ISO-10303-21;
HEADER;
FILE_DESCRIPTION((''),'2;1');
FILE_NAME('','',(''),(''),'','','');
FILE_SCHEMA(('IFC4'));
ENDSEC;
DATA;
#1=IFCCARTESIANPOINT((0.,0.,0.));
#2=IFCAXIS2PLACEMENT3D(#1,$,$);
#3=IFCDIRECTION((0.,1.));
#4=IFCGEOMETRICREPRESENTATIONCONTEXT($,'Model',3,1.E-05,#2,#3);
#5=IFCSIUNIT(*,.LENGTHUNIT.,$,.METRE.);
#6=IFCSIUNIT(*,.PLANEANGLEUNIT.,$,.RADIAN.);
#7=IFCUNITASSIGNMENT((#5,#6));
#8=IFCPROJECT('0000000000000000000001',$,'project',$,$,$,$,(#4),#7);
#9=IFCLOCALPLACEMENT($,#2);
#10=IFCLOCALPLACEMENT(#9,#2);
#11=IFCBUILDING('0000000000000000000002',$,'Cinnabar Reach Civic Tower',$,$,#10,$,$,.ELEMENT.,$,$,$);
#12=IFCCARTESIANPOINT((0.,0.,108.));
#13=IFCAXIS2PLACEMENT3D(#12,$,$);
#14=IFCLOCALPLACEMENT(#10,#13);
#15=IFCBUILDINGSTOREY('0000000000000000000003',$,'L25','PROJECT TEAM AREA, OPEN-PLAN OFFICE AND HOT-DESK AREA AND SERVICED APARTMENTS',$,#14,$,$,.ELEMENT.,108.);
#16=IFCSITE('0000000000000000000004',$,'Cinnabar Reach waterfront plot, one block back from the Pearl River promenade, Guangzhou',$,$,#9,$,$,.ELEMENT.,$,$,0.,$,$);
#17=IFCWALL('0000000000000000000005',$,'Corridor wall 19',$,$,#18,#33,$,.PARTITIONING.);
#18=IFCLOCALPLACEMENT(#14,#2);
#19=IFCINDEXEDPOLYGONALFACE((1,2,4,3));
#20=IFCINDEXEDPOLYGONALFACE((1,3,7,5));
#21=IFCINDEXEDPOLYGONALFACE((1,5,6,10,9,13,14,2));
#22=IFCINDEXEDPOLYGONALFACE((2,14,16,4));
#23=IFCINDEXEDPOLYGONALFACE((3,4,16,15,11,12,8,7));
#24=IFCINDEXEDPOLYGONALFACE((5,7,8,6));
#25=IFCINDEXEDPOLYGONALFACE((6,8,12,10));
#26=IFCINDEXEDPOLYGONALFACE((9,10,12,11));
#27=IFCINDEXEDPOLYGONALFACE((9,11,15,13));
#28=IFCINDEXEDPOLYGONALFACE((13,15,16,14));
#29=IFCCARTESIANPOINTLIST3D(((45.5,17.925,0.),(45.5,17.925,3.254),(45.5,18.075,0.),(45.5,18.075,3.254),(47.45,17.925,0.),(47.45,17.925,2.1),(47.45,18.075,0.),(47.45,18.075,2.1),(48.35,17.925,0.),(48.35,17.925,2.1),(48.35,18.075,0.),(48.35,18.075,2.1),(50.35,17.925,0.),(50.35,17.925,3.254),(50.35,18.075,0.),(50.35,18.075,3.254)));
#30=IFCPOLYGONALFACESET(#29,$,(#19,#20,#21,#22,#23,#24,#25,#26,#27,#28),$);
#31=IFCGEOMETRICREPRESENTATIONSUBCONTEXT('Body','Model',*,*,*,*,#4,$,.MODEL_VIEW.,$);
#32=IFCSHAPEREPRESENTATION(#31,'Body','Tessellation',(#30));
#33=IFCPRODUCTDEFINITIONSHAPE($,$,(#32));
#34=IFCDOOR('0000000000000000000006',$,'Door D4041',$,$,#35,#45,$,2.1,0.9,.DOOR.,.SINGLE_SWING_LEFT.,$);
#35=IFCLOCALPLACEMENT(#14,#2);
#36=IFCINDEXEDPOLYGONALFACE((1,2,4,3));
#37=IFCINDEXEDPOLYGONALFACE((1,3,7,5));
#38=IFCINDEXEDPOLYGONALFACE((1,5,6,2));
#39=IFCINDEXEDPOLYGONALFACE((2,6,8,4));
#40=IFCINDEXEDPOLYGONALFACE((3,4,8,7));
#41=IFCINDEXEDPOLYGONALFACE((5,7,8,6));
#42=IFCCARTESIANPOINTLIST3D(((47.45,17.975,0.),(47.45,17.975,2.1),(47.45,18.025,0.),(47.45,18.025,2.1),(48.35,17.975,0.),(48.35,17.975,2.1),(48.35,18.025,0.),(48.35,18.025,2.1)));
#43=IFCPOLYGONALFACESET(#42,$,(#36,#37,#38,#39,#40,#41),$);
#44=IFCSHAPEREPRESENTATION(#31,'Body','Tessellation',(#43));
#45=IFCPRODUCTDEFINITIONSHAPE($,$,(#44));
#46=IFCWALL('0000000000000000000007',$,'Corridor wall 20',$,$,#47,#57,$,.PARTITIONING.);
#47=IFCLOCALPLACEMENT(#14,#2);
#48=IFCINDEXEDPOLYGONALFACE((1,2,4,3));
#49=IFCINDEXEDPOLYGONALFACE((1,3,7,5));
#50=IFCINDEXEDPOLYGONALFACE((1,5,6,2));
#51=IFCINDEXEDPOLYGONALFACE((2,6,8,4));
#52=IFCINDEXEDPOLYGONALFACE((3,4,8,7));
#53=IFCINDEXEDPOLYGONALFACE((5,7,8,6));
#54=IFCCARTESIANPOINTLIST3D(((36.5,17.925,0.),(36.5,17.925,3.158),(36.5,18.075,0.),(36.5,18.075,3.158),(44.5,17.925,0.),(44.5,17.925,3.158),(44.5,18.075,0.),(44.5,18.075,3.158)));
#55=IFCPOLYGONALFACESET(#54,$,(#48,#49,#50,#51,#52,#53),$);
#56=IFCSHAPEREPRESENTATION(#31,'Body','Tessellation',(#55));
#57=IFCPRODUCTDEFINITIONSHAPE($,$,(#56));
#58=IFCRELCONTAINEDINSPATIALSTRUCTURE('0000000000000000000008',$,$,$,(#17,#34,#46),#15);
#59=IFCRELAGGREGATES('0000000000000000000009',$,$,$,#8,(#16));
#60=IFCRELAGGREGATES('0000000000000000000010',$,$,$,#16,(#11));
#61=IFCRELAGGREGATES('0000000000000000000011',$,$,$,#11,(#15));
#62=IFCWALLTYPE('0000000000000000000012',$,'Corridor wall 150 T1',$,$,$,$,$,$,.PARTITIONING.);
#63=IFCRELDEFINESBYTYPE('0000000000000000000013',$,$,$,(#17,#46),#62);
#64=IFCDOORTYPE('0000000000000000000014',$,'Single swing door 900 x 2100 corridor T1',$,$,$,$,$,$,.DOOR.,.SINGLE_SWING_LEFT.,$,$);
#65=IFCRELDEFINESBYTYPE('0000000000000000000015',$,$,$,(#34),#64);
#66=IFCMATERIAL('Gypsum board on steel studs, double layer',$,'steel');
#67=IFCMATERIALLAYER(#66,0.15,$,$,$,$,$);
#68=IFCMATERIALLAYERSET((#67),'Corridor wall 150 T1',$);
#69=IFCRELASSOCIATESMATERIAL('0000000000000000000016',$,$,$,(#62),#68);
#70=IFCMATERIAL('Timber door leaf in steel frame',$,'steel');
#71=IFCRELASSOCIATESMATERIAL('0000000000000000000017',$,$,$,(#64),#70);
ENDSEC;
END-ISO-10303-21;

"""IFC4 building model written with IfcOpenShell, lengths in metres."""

from ifc_helpers import new_model, si_unit, direction, frame, frame_2d, origin, place, context, subcontext, project, spatial, rectangle, extrude, material, layer, layer_set, type_object, element, fill, save


model = new_model("IFC4")

# Units and contexts
model_context = context("Model", 3, precision=1e-05, world=origin(), true_north=direction((0.0, 1.0)))
body_context = subcontext(model_context, "Body", "Model", "MODEL_VIEW")
ifc_project = project(units=[si_unit("LENGTHUNIT", "METRE"), si_unit("PLANEANGLEUNIT", "RADIAN")], contexts=[model_context])

# Site, building, storey
site_placement = place(None, origin())
site = spatial("IfcSite", under=ifc_project, at=site_placement, Name="Cinnabar Reach waterfront plot, one block back from the Pearl River promenade, Guangzhou", CompositionType="ELEMENT", RefElevation=0.0)
building_placement = place(site_placement, origin())
building = spatial("IfcBuilding", under=site, at=building_placement, Name="Cinnabar Reach Civic Tower", CompositionType="ELEMENT")
storey_placement = place(building_placement, frame((0.0, 0.0, 108.0)))
storey = spatial("IfcBuildingStorey", under=building, at=storey_placement, Name="L25", Description="PROJECT TEAM AREA, OPEN-PLAN OFFICE AND HOT-DESK AREA AND SERVICED APARTMENTS", CompositionType="ELEMENT", Elevation=108.0)

# Wall, opening, door
ifc_material_1 = material(Name="Gypsum board on steel studs, double layer", Category="steel")
ifc_layer_1 = layer(ifc_material_1, 0.15)
ifc_layer_set_1 = layer_set([ifc_layer_1], Name="Corridor wall 150 T1")
wall_type_1 = type_object("IfcWallType", Name="Corridor wall 150 T1", PredefinedType="PARTITIONING", material=ifc_layer_set_1)
wall_1_placement = place(storey_placement, frame((45.5, 18.0, 0.0), z_axis=(0.0, 0.0, 1.0), x_axis=(1.0, 0.0, 0.0)))
wall_1 = element("IfcWall", 1, at=wall_1_placement, inside=storey, type_object=wall_type_1, Name="Corridor wall 19", PredefinedType="PARTITIONING", context=body_context, shape_type="SweptSolid", body=[
    extrude(rectangle(XDim=4.85, YDim=0.15, at=frame_2d((2.425, 0.0))), origin(), (0.0, 0.0, 1.0), 3.254),
])
opening_1_placement = place(wall_1_placement, frame((1.95, 0.0, 0.0)))
opening_1 = element("IfcOpeningElement", 2, at=opening_1_placement, cuts=wall_1, PredefinedType="OPENING", context=body_context, shape_type="SweptSolid", body=[
    extrude(rectangle(XDim=0.9, YDim=2.1, at=frame_2d((0.45, 1.05))), frame((0.0, 0.085, 0.0), z_axis=(0.0, -1.0, 0.0), x_axis=(1.0, 0.0, 0.0)), (0.0, 0.0, 1.0), 0.17),
])
ifc_material_2 = material(Name="Timber door leaf in steel frame", Category="steel")
door_type = type_object("IfcDoorType", Name="Single swing door 900 x 2100 corridor T1", OperationType="SINGLE_SWING_LEFT", PredefinedType="DOOR", material=ifc_material_2)
door_placement = place(opening_1_placement, frame((0.9, 0.0, 0.0), z_axis=(0.0, 0.0, 1.0), x_axis=(-1.0, 0.0, 0.0)))
door = element("IfcDoor", 3, at=door_placement, inside=storey, type_object=door_type, Name="Door D4041", OperationType="SINGLE_SWING_LEFT", OverallHeight=2.1, OverallWidth=0.9, PredefinedType="DOOR", context=body_context, shape_type="SweptSolid", body=[
    extrude(rectangle(XDim=0.9, YDim=2.1, at=frame_2d((0.45, 1.05))), frame((0.0, 0.025, 0.0), z_axis=(0.0, -1.0, 0.0), x_axis=(1.0, 0.0, 0.0)), (0.0, 0.0, 1.0), 0.05),
])
fill(opening_1, door)

# Wall
wall_2_placement = place(storey_placement, frame((36.5, 18.0, 0.0), z_axis=(0.0, 0.0, 1.0), x_axis=(1.0, 0.0, 0.0)))
element("IfcWall", 4, at=wall_2_placement, inside=storey, type_object=wall_type_1, Name="Corridor wall 20", PredefinedType="PARTITIONING", context=body_context, shape_type="SweptSolid", body=[
    extrude(rectangle(XDim=8.0, YDim=0.15, at=frame_2d((4.0, 0.0))), origin(), (0.0, 0.0, 1.0), 3.158),
])

save(model, "model.ifc")
